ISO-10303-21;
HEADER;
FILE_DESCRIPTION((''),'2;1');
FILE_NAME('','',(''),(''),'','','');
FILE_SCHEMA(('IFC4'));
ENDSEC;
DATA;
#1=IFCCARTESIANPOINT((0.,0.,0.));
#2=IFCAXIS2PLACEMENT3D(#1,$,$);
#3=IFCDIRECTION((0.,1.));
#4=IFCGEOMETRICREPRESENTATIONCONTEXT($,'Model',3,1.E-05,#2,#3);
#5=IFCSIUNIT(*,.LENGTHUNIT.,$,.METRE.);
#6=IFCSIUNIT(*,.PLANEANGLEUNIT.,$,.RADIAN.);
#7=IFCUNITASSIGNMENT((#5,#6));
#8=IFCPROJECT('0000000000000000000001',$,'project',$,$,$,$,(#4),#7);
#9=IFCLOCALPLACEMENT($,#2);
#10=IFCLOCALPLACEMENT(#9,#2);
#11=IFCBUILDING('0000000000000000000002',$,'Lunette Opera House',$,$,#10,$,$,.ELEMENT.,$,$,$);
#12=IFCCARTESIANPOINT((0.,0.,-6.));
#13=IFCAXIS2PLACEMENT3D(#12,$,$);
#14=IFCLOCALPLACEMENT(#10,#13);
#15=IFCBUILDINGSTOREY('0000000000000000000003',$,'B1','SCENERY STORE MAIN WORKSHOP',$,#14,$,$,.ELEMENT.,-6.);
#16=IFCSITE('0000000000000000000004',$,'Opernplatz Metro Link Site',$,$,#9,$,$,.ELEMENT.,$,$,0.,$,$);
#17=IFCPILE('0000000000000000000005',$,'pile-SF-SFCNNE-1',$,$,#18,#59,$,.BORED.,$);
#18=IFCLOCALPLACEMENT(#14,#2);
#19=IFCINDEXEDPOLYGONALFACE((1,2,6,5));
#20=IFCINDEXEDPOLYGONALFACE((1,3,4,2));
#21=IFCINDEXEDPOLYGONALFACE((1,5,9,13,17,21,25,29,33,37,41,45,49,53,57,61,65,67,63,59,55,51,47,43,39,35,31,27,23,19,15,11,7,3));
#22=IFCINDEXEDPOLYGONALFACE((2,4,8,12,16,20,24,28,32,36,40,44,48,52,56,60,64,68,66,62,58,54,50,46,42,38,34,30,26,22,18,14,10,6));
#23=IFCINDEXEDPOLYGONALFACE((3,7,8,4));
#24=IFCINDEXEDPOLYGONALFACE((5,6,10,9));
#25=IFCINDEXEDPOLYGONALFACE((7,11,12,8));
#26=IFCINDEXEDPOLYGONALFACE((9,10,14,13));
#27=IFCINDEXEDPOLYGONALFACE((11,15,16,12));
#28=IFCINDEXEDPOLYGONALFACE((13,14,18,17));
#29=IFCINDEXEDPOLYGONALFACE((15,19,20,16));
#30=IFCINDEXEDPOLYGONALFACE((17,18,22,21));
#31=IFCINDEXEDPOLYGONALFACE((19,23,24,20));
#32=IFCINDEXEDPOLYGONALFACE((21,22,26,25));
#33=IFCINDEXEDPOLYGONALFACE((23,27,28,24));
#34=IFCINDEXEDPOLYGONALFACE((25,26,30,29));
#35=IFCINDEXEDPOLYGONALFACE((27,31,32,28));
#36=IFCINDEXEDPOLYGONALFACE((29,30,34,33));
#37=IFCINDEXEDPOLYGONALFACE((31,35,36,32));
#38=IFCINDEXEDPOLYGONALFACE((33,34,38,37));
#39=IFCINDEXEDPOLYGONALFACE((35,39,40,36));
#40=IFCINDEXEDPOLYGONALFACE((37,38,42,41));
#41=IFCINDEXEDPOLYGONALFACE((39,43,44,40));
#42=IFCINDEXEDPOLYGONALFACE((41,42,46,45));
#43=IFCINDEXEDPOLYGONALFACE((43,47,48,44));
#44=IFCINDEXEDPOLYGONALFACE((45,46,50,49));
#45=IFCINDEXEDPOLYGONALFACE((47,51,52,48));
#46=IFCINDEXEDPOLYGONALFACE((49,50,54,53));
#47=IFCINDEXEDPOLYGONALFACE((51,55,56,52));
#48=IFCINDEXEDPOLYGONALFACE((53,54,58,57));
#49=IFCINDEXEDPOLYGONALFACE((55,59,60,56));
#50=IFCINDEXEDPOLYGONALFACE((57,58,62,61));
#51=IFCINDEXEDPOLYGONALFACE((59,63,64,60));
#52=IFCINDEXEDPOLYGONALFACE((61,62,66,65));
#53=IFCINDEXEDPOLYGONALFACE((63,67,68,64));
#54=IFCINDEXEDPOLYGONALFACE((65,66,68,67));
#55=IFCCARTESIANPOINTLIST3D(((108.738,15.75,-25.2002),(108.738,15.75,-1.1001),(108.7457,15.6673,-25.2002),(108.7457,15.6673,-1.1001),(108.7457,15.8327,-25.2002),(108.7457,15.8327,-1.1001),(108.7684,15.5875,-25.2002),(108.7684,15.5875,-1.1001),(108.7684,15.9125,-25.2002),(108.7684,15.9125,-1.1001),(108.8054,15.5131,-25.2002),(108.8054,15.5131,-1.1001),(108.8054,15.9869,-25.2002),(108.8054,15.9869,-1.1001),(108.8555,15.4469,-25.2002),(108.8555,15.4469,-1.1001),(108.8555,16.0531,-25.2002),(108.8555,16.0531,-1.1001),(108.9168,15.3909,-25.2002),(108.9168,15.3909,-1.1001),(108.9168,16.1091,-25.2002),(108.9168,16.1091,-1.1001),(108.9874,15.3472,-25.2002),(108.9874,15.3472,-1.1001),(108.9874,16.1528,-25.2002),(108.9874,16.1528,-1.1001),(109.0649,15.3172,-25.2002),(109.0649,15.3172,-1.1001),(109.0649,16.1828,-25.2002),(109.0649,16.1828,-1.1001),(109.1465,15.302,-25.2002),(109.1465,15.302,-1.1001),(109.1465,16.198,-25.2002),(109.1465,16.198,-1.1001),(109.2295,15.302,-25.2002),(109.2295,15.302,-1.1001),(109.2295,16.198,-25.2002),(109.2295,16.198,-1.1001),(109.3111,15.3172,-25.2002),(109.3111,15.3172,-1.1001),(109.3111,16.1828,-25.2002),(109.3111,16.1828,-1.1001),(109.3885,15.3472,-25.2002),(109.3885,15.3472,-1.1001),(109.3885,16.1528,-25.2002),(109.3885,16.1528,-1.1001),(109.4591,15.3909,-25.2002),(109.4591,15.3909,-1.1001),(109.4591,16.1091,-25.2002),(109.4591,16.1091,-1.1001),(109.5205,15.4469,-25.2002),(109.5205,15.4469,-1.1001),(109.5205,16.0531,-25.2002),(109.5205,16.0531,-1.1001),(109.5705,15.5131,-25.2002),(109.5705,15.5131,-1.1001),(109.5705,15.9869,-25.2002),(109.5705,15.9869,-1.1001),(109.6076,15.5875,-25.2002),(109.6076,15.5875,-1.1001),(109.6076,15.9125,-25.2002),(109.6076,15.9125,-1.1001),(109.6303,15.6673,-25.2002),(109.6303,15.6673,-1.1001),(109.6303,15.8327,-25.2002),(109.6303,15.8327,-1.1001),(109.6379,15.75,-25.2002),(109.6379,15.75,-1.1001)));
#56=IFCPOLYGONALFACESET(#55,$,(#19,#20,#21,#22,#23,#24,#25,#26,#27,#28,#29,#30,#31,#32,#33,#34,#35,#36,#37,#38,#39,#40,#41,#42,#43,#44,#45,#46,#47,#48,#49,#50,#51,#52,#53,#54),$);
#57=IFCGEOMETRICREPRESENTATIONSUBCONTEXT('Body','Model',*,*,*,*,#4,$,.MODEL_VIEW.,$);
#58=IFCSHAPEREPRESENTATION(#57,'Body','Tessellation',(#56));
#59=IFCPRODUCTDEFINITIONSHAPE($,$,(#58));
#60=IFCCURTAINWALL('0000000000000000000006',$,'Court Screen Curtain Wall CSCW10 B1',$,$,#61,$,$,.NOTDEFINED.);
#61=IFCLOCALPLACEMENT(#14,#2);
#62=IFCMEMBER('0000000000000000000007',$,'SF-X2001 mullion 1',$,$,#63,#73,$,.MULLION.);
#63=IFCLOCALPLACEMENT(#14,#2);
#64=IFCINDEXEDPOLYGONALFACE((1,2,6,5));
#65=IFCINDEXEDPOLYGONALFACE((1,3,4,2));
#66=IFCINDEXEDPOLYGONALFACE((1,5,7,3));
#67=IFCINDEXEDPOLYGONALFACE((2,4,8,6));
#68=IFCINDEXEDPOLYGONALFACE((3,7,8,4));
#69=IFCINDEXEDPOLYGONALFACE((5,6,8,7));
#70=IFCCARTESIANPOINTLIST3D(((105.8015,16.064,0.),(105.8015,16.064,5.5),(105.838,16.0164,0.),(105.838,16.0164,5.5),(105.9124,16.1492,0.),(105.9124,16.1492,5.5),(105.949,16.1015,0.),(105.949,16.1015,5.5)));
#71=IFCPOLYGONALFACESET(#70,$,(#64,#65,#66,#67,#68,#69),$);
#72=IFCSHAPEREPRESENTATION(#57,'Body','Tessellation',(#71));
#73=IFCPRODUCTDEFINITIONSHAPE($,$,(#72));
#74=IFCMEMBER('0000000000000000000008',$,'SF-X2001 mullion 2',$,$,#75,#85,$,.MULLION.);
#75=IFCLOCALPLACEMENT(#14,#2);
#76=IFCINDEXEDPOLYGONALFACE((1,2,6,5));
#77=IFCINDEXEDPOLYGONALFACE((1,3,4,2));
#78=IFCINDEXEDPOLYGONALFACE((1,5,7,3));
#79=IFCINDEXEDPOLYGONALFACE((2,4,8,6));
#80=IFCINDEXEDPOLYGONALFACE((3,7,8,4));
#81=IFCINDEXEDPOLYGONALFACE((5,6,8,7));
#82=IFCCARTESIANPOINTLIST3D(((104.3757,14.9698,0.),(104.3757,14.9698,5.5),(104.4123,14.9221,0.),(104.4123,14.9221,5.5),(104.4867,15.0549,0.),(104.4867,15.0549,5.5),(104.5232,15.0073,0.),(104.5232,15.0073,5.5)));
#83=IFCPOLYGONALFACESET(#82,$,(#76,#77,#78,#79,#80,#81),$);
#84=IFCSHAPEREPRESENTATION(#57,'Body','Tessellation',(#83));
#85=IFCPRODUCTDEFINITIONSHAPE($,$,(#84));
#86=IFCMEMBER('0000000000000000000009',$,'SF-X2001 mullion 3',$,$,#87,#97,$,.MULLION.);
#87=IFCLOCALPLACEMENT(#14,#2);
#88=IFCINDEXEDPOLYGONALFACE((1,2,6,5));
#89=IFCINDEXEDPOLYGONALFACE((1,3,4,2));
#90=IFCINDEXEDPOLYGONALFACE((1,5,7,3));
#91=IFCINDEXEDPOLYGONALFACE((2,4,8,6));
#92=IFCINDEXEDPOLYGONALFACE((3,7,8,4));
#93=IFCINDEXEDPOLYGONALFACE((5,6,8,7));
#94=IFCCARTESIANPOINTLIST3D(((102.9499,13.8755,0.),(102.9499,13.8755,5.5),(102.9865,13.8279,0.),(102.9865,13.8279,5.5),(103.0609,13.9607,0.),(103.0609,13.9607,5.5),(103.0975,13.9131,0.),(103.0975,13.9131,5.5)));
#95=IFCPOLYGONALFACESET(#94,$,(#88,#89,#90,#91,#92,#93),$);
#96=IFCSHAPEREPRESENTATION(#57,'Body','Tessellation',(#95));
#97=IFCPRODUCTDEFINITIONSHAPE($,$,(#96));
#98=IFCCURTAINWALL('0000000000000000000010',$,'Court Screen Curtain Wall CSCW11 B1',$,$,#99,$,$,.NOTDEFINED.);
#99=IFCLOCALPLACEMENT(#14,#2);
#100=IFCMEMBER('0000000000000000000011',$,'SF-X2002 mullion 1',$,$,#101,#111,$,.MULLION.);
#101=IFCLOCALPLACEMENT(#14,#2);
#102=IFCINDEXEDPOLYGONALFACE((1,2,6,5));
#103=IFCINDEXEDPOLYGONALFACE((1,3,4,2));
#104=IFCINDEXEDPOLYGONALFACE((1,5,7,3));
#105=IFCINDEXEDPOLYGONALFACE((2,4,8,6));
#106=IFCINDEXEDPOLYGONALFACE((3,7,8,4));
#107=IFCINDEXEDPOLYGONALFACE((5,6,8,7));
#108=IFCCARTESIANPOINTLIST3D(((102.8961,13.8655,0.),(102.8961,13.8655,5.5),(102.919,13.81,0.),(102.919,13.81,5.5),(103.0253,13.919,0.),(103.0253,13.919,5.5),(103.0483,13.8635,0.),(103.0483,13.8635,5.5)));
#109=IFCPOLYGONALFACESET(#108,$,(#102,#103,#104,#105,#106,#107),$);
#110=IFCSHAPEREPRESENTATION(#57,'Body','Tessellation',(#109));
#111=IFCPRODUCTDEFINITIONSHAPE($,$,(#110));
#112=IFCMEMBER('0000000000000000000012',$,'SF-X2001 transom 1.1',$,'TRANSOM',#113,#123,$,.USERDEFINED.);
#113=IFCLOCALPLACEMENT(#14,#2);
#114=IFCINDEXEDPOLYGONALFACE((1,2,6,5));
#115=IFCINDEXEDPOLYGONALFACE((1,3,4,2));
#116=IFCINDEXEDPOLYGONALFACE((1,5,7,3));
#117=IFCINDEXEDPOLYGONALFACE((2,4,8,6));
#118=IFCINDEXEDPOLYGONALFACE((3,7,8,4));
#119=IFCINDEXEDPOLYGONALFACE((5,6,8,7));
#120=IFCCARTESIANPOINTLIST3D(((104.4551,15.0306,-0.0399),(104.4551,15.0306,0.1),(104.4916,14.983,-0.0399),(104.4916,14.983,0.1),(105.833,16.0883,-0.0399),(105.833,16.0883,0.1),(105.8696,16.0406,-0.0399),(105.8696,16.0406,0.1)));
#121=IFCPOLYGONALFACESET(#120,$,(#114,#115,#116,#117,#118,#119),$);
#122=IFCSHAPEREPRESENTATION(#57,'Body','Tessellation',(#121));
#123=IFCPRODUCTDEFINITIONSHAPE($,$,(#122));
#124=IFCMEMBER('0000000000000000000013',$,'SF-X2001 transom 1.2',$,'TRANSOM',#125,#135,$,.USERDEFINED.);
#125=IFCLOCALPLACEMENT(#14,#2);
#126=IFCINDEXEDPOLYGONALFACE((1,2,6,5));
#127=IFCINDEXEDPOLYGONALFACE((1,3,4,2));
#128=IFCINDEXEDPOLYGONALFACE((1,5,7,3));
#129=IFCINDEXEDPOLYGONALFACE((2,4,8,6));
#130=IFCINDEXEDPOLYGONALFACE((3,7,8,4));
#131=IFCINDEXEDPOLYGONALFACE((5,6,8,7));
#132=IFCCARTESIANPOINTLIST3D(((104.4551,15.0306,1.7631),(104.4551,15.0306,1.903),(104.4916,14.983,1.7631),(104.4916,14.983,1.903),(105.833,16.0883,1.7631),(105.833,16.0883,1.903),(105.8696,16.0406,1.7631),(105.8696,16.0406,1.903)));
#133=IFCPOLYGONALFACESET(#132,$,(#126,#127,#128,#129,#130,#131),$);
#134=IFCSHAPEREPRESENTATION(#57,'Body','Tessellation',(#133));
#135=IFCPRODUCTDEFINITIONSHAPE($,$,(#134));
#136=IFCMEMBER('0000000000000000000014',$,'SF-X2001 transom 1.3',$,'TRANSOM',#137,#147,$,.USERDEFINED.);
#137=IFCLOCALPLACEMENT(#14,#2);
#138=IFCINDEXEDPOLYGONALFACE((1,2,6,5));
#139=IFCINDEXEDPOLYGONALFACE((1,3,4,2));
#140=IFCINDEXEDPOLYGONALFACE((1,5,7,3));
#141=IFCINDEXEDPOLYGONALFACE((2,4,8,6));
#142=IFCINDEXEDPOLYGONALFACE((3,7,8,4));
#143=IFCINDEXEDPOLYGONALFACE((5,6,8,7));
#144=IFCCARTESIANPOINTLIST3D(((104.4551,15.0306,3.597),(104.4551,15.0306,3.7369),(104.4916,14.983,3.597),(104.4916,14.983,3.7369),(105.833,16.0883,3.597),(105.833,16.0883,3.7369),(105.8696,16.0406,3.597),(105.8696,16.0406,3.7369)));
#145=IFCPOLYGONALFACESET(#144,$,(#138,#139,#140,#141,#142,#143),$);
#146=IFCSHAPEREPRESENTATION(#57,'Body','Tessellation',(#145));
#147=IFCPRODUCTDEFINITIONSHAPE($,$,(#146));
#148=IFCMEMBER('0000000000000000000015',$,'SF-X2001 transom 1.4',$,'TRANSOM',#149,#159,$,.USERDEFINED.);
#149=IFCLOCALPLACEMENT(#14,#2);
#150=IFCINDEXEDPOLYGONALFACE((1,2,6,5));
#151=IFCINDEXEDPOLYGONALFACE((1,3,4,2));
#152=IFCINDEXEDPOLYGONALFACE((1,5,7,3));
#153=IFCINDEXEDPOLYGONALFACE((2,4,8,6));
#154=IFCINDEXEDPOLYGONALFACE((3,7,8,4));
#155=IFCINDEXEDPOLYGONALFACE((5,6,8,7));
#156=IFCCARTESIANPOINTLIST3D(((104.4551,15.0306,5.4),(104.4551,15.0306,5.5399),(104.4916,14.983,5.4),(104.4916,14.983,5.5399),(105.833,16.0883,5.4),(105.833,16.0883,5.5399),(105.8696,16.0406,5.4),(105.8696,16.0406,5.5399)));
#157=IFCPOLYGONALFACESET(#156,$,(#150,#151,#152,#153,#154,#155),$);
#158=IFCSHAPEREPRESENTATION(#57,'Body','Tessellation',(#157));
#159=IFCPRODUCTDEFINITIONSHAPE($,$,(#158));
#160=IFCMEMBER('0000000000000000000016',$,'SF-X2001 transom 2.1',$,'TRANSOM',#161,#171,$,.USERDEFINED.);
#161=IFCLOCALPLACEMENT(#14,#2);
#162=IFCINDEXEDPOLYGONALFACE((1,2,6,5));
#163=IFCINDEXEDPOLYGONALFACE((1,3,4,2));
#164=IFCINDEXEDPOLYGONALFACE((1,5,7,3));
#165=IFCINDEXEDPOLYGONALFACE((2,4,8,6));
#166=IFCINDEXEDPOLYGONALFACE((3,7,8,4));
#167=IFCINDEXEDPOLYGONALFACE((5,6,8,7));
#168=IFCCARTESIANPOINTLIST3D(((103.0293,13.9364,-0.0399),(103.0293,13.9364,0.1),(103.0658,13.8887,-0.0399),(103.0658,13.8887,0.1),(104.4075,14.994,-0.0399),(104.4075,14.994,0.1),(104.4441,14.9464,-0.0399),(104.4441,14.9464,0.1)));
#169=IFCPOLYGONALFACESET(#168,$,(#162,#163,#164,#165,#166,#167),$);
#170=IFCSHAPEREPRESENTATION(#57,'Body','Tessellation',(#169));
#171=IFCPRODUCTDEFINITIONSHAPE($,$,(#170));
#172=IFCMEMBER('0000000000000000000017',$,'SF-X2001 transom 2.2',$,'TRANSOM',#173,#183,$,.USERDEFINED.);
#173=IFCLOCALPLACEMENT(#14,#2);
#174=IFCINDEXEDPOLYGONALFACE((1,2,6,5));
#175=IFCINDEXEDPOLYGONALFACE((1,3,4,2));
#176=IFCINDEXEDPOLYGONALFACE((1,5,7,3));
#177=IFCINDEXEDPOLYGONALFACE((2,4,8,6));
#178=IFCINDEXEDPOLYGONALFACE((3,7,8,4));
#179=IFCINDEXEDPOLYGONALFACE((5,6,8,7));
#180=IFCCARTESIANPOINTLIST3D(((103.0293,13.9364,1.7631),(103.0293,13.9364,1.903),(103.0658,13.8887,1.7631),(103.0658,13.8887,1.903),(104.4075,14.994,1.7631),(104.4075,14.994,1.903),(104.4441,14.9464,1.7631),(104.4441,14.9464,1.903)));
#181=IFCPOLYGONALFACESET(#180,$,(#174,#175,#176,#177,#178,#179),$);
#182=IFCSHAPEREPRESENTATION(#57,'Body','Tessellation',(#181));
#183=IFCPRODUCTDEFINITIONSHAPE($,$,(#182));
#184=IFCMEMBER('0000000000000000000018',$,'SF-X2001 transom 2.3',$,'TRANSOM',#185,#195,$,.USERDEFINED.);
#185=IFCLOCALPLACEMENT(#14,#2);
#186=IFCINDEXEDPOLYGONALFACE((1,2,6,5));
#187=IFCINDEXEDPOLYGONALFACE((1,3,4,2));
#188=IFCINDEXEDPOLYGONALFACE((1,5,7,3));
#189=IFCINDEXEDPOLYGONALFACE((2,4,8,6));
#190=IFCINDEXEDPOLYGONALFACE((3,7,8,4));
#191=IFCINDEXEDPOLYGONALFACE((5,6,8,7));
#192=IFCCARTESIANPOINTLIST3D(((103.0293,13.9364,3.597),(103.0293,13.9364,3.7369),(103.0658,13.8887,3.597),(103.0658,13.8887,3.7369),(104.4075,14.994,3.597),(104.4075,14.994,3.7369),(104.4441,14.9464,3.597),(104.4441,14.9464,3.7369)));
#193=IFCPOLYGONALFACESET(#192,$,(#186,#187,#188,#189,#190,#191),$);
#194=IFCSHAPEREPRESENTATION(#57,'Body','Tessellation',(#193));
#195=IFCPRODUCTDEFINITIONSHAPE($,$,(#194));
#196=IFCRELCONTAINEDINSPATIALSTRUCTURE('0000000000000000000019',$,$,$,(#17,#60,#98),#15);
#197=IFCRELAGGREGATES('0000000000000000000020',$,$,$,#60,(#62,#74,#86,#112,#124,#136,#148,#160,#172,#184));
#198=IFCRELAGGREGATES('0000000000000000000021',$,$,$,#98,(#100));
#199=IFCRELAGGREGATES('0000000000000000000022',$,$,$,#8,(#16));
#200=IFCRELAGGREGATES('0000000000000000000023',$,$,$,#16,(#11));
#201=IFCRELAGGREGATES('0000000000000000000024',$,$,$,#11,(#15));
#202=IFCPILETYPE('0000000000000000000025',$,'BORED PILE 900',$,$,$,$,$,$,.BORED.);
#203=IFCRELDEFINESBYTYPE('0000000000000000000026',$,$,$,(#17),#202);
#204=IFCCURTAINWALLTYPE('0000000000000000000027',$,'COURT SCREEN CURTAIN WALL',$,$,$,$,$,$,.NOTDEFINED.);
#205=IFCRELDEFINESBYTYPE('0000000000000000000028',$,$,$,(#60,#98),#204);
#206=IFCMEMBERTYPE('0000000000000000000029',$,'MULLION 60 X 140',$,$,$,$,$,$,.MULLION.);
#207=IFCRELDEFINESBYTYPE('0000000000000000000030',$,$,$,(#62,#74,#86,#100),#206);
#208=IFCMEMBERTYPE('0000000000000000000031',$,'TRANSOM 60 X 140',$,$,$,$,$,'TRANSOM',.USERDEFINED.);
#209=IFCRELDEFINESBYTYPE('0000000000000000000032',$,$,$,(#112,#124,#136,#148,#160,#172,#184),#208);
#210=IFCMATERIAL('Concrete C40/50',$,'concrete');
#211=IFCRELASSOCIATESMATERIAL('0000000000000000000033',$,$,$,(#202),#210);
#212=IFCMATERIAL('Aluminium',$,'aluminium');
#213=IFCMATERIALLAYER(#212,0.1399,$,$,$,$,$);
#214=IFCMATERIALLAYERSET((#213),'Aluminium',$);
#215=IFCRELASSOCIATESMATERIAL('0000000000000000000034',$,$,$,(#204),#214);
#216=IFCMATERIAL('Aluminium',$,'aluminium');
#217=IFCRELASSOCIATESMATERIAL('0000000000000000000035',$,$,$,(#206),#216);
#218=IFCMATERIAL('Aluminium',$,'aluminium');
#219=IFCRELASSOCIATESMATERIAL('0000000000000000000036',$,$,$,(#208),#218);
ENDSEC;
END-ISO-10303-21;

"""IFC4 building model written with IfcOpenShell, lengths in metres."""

from ifc_helpers import new_model, si_unit, direction, frame, origin, origin_2d, place, context, subcontext, project, spatial, rectangle, circle, extrude, material, layer, layer_set, material_profile, profile_set, type_object, element, aggregate, save


model = new_model("IFC4")

# Units and contexts
model_context = context("Model", 3, precision=1e-05, world=origin(), true_north=direction((0.0, 1.0)))
body_context = subcontext(model_context, "Body", "Model", "MODEL_VIEW")
ifc_project = project(units=[si_unit("LENGTHUNIT", "METRE"), si_unit("PLANEANGLEUNIT", "RADIAN")], contexts=[model_context])

# Site, building, storey
site_placement = place(None, origin())
site = spatial("IfcSite", under=ifc_project, at=site_placement, Name="Opernplatz Metro Link Site", CompositionType="ELEMENT", RefElevation=0.0)
building_placement = place(site_placement, origin())
building = spatial("IfcBuilding", under=site, at=building_placement, Name="Lunette Opera House", CompositionType="ELEMENT")
storey_placement = place(building_placement, frame((0.0, 0.0, -6.0)))
storey = spatial("IfcBuildingStorey", under=building, at=storey_placement, Name="B1", Description="SCENERY STORE MAIN WORKSHOP", CompositionType="ELEMENT", Elevation=-6.0)

# Pile
ifc_material_1 = material(Name="Concrete C40/50", Category="concrete")
ifc_material_profile_1 = material_profile(ifc_material_1, circle(Radius=0.45, at=origin_2d()), Name="BORED PILE 900")
ifc_profile_set_1 = profile_set([ifc_material_profile_1], Name="Concrete C40/50")
pile_type = type_object("IfcPileType", Name="BORED PILE 900", PredefinedType="BORED", material=ifc_profile_set_1)
for number, where, z_axis, x_axis, name in (
    (1, (109.188, 15.75, -1.1001), (0.0, 0.0, -1.0), (1.0, 0.0, 0.0), "pile-SF-SFCNNE-1"),
):
    element("IfcPile", number, at=place(storey_placement, frame(where, z_axis=z_axis, x_axis=x_axis)), inside=storey, type_object=pile_type, Name=name, PredefinedType="BORED", context=body_context, shape_type="SweptSolid", body=[
        extrude(circle(Radius=0.45, at=origin_2d()), origin(), (0.0, 0.0, 1.0), 24.1001),
    ])

# Curtain wall, members
ifc_material_2 = material(Name="Aluminium", Category="aluminium")
ifc_layer_1 = layer(ifc_material_2, 0.1399)
ifc_layer_set_1 = layer_set([ifc_layer_1], Name="Aluminium")
curtain_wall_type = type_object("IfcCurtainWallType", Name="COURT SCREEN CURTAIN WALL", PredefinedType="NOTDEFINED", material=ifc_layer_set_1)
curtain_wall_1_placement = place(storey_placement, origin())
curtain_wall_1 = element("IfcCurtainWall", 2, at=curtain_wall_1_placement, inside=storey, type_object=curtain_wall_type, Name="Court Screen Curtain Wall CSCW10 B1", PredefinedType="NOTDEFINED")
ifc_material_3 = material(Name="Aluminium", Category="aluminium")
ifc_material_profile_2 = material_profile(ifc_material_3, rectangle(XDim=0.0601, YDim=0.1399, at=origin_2d()), Name="MULLION 60 X 140")
ifc_profile_set_2 = profile_set([ifc_material_profile_2], Name="Aluminium")
member_type_1 = type_object("IfcMemberType", Name="MULLION 60 X 140", PredefinedType="MULLION", material=ifc_profile_set_2)
member_1_placement = place(storey_placement, frame((105.8752, 16.0828, 0.0), z_axis=(0.0, 0.0, 1.0), x_axis=(0.608851, -0.793285, 0.0)))
member_1 = element("IfcMember", 3, at=member_1_placement, type_object=member_type_1, Name="SF-X2001 mullion 1", PredefinedType="MULLION", context=body_context, shape_type="SweptSolid", body=[
    extrude(rectangle(XDim=0.0601, YDim=0.1399, at=origin_2d()), origin(), (0.0, 0.0, 1.0), 5.5),
])
member_2_placement = place(storey_placement, frame((104.4495, 14.9885, 0.0), z_axis=(0.0, 0.0, 1.0), x_axis=(0.608851, -0.793285, 0.0)))
member_2 = element("IfcMember", 4, at=member_2_placement, type_object=member_type_1, Name="SF-X2001 mullion 2", PredefinedType="MULLION", context=body_context, shape_type="SweptSolid", body=[
    extrude(rectangle(XDim=0.0601, YDim=0.1399, at=origin_2d()), origin(), (0.0, 0.0, 1.0), 5.5),
])
member_3_placement = place(storey_placement, frame((103.0237, 13.8943, 0.0), z_axis=(0.0, 0.0, 1.0), x_axis=(0.608851, -0.793285, 0.0)))
member_3 = element("IfcMember", 5, at=member_3_placement, type_object=member_type_1, Name="SF-X2001 mullion 3", PredefinedType="MULLION", context=body_context, shape_type="SweptSolid", body=[
    extrude(rectangle(XDim=0.0601, YDim=0.1399, at=origin_2d()), origin(), (0.0, 0.0, 1.0), 5.5),
])

# Curtain wall, member
curtain_wall_2_placement = place(storey_placement, origin())
curtain_wall_2 = element("IfcCurtainWall", 6, at=curtain_wall_2_placement, inside=storey, type_object=curtain_wall_type, Name="Court Screen Curtain Wall CSCW11 B1", PredefinedType="NOTDEFINED")
member_4_placement = place(storey_placement, frame((102.9722, 13.8645, 0.0), z_axis=(0.0, 0.0, 1.0), x_axis=(0.38273, -0.92386, 0.0)))
member_4 = element("IfcMember", 7, at=member_4_placement, type_object=member_type_1, Name="SF-X2002 mullion 1", PredefinedType="MULLION", context=body_context, shape_type="SweptSolid", body=[
    extrude(rectangle(XDim=0.0601, YDim=0.1399, at=origin_2d()), origin(), (0.0, 0.0, 1.0), 5.5),
])

# Members
ifc_material_4 = material(Name="Aluminium", Category="aluminium")
ifc_material_profile_3 = material_profile(ifc_material_4, rectangle(XDim=0.0601, YDim=0.1399, at=origin_2d()), Name="TRANSOM 60 X 140")
ifc_profile_set_3 = profile_set([ifc_material_profile_3], Name="Aluminium")
member_type_2 = type_object("IfcMemberType", Name="TRANSOM 60 X 140", ElementType="TRANSOM", PredefinedType="USERDEFINED", material=ifc_profile_set_3)
member_5_placement = place(storey_placement, frame((105.8513, 16.0645, 0.03), z_axis=(-0.793271, -0.608868, 0.0), x_axis=(0.608868, -0.793271, 0.0)))
member_5 = element("IfcMember", 8, at=member_5_placement, type_object=member_type_2, Name="SF-X2001 transom 1.1", ObjectType="TRANSOM", PredefinedType="USERDEFINED", context=body_context, shape_type="SweptSolid", body=[
    extrude(rectangle(XDim=0.0601, YDim=0.1399, at=origin_2d()), origin(), (0.0, 0.0, 1.0), 1.7371),
])
member_6_placement = place(storey_placement, frame((105.8513, 16.0645, 1.833), z_axis=(-0.793271, -0.608868, 0.0), x_axis=(0.608868, -0.793271, 0.0)))
member_6 = element("IfcMember", 9, at=member_6_placement, type_object=member_type_2, Name="SF-X2001 transom 1.2", ObjectType="TRANSOM", PredefinedType="USERDEFINED", context=body_context, shape_type="SweptSolid", body=[
    extrude(rectangle(XDim=0.0601, YDim=0.1399, at=origin_2d()), origin(), (0.0, 0.0, 1.0), 1.7371),
])
member_7_placement = place(storey_placement, frame((105.8513, 16.0645, 3.667), z_axis=(-0.793271, -0.608868, 0.0), x_axis=(0.608868, -0.793271, 0.0)))
member_7 = element("IfcMember", 10, at=member_7_placement, type_object=member_type_2, Name="SF-X2001 transom 1.3", ObjectType="TRANSOM", PredefinedType="USERDEFINED", context=body_context, shape_type="SweptSolid", body=[
    extrude(rectangle(XDim=0.0601, YDim=0.1399, at=origin_2d()), origin(), (0.0, 0.0, 1.0), 1.7371),
])
member_8_placement = place(storey_placement, frame((105.8513, 16.0645, 5.47), z_axis=(-0.793271, -0.608868, 0.0), x_axis=(0.608868, -0.793271, 0.0)))
member_8 = element("IfcMember", 11, at=member_8_placement, type_object=member_type_2, Name="SF-X2001 transom 1.4", ObjectType="TRANSOM", PredefinedType="USERDEFINED", context=body_context, shape_type="SweptSolid", body=[
    extrude(rectangle(XDim=0.0601, YDim=0.1399, at=origin_2d()), origin(), (0.0, 0.0, 1.0), 1.7371),
])
member_9_placement = place(storey_placement, frame((104.4258, 14.9702, 0.03), z_axis=(-0.793324, -0.6088, 0.0), x_axis=(0.6088, -0.793324, 0.0)))
member_9 = element("IfcMember", 12, at=member_9_placement, type_object=member_type_2, Name="SF-X2001 transom 2.1", ObjectType="TRANSOM", PredefinedType="USERDEFINED", context=body_context, shape_type="SweptSolid", body=[
    extrude(rectangle(XDim=0.0601, YDim=0.1399, at=origin_2d()), origin(), (0.0, 0.0, 1.0), 1.7373),
])
member_10_placement = place(storey_placement, frame((104.4258, 14.9702, 1.833), z_axis=(-0.793324, -0.6088, 0.0), x_axis=(0.6088, -0.793324, 0.0)))
member_10 = element("IfcMember", 13, at=member_10_placement, type_object=member_type_2, Name="SF-X2001 transom 2.2", ObjectType="TRANSOM", PredefinedType="USERDEFINED", context=body_context, shape_type="SweptSolid", body=[
    extrude(rectangle(XDim=0.0601, YDim=0.1399, at=origin_2d()), origin(), (0.0, 0.0, 1.0), 1.7373),
])
member_11_placement = place(storey_placement, frame((104.4258, 14.9702, 3.667), z_axis=(-0.793324, -0.6088, 0.0), x_axis=(0.6088, -0.793324, 0.0)))
member_11 = element("IfcMember", 14, at=member_11_placement, type_object=member_type_2, Name="SF-X2001 transom 2.3", ObjectType="TRANSOM", PredefinedType="USERDEFINED", context=body_context, shape_type="SweptSolid", body=[
    extrude(rectangle(XDim=0.0601, YDim=0.1399, at=origin_2d()), origin(), (0.0, 0.0, 1.0), 1.7373),
])

aggregate(curtain_wall_1, [member_1, member_2, member_3, member_5, member_6, member_7, member_8, member_9, member_10, member_11])
aggregate(curtain_wall_2, [member_4])

save(model, "model.ifc")
